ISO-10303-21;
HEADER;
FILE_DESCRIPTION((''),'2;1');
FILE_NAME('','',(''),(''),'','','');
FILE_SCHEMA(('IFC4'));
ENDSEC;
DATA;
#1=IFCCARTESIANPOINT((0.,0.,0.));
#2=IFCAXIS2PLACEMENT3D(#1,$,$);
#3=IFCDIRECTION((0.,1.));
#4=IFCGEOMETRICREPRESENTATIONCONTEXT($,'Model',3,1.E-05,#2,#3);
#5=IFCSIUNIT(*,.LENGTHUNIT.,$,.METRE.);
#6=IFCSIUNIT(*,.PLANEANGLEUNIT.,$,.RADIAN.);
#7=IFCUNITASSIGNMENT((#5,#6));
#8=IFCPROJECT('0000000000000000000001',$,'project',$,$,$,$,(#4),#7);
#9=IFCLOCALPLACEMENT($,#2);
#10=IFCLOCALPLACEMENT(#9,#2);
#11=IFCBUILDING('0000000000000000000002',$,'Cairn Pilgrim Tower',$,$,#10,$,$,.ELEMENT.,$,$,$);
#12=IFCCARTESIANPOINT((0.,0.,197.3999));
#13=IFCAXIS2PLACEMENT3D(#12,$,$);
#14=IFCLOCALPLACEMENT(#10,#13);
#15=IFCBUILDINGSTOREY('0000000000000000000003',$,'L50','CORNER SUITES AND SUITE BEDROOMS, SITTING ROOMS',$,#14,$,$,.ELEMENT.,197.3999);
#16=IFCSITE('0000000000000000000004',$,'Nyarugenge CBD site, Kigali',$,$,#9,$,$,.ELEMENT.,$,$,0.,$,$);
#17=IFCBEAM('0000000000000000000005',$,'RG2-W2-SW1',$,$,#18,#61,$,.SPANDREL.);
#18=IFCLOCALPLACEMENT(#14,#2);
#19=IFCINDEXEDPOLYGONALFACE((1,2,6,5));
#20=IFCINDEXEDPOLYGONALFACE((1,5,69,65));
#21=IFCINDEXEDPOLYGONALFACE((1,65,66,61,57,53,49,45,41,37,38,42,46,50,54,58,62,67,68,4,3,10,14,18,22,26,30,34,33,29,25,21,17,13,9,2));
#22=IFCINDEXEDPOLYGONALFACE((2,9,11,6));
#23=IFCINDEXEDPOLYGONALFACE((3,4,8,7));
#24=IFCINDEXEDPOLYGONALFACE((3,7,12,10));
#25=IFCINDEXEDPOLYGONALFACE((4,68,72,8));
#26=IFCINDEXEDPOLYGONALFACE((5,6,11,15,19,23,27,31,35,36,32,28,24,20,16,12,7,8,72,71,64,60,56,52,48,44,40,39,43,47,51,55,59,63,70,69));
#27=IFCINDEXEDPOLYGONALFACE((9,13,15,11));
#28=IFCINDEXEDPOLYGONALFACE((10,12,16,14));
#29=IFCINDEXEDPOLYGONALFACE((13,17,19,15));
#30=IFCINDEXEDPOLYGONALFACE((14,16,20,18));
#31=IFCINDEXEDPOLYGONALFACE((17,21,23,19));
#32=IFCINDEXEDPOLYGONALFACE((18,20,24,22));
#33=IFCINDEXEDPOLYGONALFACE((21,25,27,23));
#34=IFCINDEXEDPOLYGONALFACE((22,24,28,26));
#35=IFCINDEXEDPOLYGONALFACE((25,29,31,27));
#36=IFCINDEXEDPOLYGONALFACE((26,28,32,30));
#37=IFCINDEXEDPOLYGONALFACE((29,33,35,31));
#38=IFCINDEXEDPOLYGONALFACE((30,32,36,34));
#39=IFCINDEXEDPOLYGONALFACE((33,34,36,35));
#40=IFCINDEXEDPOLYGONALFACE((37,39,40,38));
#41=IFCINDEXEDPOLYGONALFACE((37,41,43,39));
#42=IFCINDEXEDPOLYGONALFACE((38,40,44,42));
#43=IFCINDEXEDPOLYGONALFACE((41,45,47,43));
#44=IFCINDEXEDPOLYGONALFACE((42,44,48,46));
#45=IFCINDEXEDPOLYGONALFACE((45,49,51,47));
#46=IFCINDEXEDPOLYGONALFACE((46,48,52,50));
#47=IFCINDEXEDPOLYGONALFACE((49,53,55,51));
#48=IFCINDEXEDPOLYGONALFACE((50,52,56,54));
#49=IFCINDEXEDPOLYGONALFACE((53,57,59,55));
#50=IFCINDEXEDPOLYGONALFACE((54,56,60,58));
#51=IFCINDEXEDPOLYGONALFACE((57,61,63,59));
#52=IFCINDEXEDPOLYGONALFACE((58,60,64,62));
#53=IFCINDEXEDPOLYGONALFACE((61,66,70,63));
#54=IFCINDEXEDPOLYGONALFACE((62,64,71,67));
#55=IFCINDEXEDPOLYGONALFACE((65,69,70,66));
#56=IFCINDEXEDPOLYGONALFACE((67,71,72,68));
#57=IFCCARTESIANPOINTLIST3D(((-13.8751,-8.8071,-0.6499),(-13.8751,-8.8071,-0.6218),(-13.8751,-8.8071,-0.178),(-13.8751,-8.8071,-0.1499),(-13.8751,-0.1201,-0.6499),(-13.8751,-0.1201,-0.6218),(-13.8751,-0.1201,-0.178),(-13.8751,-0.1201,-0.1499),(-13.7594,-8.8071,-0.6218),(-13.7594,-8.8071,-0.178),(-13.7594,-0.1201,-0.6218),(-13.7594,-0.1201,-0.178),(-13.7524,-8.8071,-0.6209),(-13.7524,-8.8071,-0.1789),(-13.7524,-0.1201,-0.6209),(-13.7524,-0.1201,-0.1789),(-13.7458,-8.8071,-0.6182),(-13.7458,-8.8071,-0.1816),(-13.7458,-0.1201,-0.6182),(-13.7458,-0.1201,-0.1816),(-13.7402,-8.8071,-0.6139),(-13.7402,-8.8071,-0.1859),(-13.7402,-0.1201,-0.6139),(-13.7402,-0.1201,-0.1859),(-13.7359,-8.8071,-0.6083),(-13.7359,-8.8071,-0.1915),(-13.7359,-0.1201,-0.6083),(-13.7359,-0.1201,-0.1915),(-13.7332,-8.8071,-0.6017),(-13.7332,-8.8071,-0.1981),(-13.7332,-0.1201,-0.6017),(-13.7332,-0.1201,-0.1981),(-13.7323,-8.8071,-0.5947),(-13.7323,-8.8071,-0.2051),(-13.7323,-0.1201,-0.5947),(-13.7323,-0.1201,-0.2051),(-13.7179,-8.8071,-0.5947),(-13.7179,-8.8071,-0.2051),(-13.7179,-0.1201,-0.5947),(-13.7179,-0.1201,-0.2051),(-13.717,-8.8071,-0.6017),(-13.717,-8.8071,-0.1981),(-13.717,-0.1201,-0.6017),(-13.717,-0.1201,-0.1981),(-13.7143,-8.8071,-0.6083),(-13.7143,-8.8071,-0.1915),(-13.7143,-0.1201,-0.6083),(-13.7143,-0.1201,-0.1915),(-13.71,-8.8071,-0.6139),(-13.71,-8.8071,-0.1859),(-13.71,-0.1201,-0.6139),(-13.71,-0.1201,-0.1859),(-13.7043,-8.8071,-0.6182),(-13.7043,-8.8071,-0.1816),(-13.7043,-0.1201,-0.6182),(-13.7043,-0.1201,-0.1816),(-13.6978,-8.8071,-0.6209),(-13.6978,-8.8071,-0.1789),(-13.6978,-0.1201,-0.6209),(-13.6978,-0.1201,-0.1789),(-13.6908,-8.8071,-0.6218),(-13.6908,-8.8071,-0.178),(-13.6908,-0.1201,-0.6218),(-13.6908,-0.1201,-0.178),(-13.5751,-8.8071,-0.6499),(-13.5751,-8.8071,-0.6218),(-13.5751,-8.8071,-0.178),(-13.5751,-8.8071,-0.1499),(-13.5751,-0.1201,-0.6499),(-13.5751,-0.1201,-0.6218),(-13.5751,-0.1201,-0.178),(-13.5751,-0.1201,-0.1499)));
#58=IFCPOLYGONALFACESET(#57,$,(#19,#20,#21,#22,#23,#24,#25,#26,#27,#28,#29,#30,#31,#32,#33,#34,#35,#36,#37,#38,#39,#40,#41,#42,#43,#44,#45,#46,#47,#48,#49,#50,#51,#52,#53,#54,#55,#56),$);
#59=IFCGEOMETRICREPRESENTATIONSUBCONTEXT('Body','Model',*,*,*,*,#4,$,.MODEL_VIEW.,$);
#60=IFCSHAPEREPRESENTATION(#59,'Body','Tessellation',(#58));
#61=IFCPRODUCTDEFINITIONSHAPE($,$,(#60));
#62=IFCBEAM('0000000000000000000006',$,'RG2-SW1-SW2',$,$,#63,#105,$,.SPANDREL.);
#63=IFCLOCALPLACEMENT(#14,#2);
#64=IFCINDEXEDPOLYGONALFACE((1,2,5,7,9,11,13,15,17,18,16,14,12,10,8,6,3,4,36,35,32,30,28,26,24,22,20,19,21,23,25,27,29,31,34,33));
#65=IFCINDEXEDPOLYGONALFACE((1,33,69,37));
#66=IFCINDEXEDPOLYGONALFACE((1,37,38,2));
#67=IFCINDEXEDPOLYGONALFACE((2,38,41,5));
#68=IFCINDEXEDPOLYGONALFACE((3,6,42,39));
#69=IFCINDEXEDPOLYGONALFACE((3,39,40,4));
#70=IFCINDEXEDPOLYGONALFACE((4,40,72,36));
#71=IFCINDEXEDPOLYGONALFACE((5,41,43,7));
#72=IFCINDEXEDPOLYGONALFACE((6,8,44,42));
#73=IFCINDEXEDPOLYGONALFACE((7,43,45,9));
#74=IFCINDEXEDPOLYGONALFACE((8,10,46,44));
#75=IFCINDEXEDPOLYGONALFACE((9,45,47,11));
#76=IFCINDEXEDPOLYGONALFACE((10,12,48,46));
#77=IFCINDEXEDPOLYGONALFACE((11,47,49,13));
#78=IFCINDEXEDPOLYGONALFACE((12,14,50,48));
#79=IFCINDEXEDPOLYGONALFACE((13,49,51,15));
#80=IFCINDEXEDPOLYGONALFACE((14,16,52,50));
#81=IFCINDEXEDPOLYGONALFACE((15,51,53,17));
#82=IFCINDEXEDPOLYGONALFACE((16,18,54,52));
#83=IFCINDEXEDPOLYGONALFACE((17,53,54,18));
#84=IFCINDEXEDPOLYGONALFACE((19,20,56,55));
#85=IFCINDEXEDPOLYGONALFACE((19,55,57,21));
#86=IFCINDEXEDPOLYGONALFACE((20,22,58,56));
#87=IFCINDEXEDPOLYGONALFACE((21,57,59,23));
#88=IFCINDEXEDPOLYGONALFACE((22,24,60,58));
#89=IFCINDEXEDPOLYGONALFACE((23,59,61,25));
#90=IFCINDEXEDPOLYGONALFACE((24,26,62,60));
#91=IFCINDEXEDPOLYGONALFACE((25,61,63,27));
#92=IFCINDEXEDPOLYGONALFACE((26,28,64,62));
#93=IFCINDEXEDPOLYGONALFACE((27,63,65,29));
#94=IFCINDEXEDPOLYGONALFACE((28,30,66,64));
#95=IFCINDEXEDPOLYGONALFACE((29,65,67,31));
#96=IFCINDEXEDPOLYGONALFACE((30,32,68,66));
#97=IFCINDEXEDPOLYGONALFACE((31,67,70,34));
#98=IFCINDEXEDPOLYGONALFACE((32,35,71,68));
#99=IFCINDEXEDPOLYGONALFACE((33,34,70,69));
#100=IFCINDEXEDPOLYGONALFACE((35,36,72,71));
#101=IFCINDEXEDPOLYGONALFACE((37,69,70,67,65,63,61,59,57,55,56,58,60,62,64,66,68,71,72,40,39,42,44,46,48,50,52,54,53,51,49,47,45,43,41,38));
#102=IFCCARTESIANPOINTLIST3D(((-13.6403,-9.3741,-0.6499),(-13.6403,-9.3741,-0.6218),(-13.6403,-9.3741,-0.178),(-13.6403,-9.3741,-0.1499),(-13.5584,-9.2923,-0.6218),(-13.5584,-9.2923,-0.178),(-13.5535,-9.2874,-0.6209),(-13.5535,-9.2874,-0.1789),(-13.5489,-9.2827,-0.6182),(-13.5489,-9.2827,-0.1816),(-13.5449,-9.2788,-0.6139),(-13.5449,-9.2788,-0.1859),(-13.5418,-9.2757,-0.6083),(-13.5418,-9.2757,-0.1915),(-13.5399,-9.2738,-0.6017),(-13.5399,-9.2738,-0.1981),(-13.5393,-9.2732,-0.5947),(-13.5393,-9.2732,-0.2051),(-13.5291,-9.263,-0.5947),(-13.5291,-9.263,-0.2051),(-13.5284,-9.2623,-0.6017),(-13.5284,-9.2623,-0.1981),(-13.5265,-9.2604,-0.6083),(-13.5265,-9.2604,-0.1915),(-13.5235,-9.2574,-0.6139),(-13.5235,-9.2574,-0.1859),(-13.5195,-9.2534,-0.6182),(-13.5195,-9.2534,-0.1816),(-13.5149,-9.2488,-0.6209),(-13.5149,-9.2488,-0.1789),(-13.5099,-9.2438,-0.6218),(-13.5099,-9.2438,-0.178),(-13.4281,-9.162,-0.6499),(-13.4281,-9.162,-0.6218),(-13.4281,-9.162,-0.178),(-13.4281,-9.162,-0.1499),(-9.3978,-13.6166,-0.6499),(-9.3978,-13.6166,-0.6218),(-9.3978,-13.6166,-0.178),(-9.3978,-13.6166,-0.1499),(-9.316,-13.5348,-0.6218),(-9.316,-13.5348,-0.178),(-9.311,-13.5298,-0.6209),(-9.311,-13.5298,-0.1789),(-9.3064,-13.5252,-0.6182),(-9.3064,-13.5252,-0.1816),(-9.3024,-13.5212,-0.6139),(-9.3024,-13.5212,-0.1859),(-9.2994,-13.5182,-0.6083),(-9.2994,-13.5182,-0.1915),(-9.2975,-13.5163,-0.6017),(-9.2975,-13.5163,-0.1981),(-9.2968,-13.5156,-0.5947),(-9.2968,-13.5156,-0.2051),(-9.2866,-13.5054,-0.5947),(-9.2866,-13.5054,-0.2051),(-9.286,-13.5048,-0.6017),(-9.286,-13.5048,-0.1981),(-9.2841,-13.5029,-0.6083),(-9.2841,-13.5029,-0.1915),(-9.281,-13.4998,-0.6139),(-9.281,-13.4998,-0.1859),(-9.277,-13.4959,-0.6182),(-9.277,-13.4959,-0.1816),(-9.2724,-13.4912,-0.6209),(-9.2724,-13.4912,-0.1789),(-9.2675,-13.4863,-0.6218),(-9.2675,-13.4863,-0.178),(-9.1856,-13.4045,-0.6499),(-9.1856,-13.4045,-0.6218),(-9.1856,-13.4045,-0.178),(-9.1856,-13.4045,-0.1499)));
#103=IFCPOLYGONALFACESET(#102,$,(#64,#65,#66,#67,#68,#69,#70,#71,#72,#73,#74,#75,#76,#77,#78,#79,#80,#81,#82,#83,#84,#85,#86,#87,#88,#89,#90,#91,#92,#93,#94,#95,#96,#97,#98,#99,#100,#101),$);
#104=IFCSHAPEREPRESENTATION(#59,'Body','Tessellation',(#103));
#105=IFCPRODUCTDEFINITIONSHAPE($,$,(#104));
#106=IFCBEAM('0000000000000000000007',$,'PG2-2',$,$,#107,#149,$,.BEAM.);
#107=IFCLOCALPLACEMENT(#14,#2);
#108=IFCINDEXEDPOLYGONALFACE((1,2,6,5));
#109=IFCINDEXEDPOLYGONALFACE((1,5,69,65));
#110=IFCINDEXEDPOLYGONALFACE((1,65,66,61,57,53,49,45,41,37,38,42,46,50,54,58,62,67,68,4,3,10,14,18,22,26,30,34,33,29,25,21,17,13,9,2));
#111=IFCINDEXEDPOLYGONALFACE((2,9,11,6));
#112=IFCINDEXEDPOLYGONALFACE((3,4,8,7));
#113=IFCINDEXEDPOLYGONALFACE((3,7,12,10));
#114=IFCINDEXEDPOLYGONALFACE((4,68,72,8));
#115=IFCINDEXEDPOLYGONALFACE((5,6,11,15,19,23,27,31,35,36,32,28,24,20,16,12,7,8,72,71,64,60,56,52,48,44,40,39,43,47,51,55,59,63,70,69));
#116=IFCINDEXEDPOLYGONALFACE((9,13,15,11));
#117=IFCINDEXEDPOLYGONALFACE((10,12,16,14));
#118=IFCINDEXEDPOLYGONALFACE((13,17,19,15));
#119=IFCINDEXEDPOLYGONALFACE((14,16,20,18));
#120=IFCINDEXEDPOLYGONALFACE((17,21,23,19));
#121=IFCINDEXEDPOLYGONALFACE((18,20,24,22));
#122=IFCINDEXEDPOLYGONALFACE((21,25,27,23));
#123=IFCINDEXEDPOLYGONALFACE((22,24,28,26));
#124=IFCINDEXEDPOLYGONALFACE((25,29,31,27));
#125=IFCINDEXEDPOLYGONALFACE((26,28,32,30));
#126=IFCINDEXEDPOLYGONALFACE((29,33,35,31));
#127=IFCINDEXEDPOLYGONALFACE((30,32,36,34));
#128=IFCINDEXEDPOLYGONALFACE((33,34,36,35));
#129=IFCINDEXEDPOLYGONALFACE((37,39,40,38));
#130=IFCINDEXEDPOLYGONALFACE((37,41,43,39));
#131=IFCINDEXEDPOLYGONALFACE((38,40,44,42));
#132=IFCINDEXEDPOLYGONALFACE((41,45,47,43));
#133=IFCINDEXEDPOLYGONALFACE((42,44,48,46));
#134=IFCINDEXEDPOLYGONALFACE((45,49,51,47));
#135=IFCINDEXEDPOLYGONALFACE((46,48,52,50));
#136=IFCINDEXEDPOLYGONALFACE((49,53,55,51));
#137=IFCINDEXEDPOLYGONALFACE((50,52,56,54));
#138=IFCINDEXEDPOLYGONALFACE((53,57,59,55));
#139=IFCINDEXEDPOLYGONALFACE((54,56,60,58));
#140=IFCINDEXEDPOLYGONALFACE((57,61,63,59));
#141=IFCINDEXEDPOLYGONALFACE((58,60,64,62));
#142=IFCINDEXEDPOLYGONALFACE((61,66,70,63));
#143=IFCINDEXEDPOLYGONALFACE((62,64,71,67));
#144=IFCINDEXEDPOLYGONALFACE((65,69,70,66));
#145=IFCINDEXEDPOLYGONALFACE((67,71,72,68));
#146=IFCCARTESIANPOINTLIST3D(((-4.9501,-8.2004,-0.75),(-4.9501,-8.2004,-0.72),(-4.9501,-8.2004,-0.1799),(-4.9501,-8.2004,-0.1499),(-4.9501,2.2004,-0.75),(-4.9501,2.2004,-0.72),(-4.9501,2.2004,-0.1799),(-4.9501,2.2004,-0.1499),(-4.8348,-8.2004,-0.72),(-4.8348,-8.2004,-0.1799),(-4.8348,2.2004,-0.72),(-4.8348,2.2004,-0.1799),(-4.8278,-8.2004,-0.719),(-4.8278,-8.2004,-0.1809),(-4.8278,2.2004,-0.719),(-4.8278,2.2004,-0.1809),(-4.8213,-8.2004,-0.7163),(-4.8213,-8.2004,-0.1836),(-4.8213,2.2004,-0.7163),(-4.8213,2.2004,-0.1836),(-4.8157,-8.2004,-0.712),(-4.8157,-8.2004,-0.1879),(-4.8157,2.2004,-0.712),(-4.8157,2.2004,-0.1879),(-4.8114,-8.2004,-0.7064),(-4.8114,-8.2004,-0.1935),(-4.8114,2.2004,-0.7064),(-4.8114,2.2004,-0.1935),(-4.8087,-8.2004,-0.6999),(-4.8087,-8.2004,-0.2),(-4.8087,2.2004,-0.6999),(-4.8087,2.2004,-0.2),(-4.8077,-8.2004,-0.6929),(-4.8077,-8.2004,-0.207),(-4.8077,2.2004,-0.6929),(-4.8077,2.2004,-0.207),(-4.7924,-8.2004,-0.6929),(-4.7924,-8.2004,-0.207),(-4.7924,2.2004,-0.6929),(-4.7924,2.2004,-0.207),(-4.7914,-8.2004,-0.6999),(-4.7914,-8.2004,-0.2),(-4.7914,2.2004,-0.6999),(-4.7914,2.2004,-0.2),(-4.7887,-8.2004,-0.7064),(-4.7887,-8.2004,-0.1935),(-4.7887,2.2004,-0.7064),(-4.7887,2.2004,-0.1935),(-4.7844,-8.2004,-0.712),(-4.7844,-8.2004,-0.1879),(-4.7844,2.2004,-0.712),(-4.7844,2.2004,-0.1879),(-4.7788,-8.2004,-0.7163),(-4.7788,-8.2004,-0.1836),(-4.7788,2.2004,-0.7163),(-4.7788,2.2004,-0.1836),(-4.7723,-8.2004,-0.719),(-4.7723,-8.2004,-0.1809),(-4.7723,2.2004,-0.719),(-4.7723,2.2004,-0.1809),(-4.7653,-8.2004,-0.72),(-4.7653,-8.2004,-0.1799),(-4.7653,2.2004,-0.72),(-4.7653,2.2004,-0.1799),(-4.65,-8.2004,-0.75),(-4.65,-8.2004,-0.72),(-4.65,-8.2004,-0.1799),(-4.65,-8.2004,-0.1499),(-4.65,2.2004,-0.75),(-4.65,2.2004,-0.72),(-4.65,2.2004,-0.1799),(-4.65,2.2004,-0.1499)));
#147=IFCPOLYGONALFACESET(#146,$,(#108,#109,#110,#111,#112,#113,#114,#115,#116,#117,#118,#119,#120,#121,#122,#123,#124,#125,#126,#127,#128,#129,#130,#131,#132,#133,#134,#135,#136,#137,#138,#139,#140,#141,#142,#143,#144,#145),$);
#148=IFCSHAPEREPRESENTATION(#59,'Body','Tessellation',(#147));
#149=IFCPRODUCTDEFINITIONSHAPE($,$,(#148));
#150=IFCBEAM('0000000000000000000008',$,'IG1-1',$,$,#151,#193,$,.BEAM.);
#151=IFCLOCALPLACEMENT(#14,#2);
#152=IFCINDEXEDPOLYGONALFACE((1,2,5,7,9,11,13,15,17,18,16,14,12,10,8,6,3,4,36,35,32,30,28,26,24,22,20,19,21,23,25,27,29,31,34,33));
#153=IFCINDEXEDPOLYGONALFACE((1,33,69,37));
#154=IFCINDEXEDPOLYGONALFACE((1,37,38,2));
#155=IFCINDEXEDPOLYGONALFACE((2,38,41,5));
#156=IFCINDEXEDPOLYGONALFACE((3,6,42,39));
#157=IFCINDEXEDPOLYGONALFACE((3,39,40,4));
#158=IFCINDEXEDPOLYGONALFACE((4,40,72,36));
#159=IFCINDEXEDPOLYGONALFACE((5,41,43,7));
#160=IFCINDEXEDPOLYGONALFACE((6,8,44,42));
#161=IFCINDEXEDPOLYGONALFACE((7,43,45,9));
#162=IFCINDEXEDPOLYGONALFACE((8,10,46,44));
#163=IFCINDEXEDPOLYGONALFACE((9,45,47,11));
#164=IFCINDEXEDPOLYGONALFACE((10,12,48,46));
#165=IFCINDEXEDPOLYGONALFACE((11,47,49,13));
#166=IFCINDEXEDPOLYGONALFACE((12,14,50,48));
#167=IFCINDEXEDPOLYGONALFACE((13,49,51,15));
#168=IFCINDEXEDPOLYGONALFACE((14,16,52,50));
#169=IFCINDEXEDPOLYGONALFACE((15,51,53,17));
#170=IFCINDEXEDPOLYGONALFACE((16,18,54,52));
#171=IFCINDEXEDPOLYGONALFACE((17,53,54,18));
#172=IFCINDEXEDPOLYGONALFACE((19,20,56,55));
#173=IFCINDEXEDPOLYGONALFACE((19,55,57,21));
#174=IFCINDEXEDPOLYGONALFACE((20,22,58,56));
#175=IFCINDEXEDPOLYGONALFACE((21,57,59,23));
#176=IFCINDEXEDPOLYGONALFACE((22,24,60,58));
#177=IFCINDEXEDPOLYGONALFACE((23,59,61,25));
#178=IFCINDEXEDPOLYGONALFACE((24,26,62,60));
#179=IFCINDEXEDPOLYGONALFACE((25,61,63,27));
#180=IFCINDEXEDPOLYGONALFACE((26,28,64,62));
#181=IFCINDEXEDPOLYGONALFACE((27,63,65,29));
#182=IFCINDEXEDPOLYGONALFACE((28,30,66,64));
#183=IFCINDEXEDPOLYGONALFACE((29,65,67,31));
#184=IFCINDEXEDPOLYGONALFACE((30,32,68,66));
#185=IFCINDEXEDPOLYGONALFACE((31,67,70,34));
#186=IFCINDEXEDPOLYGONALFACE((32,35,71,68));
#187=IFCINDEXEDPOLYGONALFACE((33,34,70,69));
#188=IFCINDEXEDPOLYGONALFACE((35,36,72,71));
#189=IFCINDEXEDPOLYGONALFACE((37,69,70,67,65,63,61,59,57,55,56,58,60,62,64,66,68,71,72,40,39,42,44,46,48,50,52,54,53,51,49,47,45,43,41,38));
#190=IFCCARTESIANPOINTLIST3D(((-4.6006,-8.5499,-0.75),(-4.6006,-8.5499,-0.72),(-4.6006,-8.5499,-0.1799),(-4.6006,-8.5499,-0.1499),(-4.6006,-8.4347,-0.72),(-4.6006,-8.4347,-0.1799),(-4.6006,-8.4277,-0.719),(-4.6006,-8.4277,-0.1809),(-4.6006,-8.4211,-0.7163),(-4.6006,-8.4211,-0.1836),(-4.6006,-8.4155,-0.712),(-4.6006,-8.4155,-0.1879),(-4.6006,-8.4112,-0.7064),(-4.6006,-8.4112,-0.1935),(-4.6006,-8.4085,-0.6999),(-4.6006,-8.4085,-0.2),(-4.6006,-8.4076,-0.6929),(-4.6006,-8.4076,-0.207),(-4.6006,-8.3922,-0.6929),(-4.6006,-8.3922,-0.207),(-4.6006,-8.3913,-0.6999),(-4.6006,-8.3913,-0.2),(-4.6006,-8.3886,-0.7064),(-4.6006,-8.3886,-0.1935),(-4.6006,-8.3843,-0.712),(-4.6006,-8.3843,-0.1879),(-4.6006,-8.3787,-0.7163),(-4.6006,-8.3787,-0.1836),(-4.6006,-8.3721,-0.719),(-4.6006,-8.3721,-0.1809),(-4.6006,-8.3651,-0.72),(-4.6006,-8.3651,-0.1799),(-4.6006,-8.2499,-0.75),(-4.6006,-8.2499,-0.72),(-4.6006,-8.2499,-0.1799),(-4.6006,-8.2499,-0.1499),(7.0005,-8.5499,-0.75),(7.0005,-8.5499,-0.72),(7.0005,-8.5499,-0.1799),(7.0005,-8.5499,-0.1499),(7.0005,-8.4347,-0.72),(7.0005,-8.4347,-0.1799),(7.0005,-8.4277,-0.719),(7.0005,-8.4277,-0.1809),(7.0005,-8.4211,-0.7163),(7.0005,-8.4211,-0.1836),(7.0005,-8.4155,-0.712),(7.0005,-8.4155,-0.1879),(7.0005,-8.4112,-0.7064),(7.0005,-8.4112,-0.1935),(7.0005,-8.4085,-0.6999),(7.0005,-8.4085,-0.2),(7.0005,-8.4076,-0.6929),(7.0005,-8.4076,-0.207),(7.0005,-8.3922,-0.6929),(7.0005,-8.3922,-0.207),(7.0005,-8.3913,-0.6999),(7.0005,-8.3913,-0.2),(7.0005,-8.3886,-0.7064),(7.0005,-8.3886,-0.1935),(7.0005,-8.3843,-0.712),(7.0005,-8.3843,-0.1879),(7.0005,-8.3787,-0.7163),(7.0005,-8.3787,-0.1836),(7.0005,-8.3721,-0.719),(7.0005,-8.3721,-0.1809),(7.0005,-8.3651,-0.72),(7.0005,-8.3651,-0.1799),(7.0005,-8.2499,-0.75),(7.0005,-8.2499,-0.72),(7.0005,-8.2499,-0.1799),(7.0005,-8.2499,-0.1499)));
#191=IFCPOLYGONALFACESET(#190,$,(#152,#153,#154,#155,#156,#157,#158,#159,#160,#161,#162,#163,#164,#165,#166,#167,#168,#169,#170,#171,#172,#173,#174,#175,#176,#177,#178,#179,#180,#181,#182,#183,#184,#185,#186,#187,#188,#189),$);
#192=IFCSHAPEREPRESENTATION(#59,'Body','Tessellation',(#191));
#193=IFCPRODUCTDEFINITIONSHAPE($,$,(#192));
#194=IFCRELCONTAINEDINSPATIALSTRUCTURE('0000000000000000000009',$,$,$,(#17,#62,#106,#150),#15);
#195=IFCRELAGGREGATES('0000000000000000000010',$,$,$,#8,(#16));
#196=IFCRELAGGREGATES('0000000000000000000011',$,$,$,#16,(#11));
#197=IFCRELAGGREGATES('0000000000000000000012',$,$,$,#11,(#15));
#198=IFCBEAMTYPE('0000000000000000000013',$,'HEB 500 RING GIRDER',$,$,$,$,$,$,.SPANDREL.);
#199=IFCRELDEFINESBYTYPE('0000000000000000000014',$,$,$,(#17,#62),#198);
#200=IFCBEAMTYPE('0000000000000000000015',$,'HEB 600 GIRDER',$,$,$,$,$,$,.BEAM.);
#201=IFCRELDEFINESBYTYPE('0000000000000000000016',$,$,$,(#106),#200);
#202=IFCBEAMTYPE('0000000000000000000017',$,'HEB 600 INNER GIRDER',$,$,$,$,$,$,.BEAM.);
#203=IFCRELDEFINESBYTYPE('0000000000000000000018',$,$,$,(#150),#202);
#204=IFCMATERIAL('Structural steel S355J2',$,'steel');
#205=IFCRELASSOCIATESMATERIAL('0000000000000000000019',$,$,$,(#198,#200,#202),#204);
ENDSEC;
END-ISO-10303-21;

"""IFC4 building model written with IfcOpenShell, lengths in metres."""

from ifc_helpers import new_model, si_unit, direction, frame, origin, origin_2d, place, context, subcontext, project, spatial, i_section, extrude, material, material_profile, profile_set, type_object, element, save


model = new_model("IFC4")

# Units and contexts
model_context = context("Model", 3, precision=1e-05, world=origin(), true_north=direction((0.0, 1.0)))
body_context = subcontext(model_context, "Body", "Model", "MODEL_VIEW")
ifc_project = project(units=[si_unit("LENGTHUNIT", "METRE"), si_unit("PLANEANGLEUNIT", "RADIAN")], contexts=[model_context])

# Site, building, storey
site_placement = place(None, origin())
site = spatial("IfcSite", under=ifc_project, at=site_placement, Name="Nyarugenge CBD site, Kigali", CompositionType="ELEMENT", RefElevation=0.0)
building_placement = place(site_placement, origin())
building = spatial("IfcBuilding", under=site, at=building_placement, Name="Cairn Pilgrim Tower", CompositionType="ELEMENT")
storey_placement = place(building_placement, frame((0.0, 0.0, 197.3999)))
storey = spatial("IfcBuildingStorey", under=building, at=storey_placement, Name="L50", Description="CORNER SUITES AND SUITE BEDROOMS, SITTING ROOMS", CompositionType="ELEMENT", Elevation=197.3999)

# Shared definitions
ifc_material_1 = material(Name="Structural steel S355J2", Category="steel")

# Beams
ifc_material_profile_1 = material_profile(ifc_material_1, i_section(OverallWidth=0.3, OverallDepth=0.5, WebThickness=0.0144, FlangeThickness=0.0281, FilletRadius=0.0271, at=origin_2d()), Name="HEB 500")
ifc_profile_set_1 = profile_set([ifc_material_profile_1], Name="Structural steel S355J2")
beam_type_1 = type_object("IfcBeamType", Name="HEB 500 RING GIRDER", PredefinedType="SPANDREL", material=ifc_profile_set_1)
beam_1_placement = place(storey_placement, frame((-13.7251, -0.1201, -0.3999), z_axis=(0.0, -1.0, 0.0), x_axis=(1.0, 0.0, 0.0)))
element("IfcBeam", 1, at=beam_1_placement, inside=storey, type_object=beam_type_1, Name="RG2-W2-SW1", PredefinedType="SPANDREL", context=body_context, shape_type="SweptSolid", body=[
    extrude(i_section(OverallWidth=0.3, OverallDepth=0.5, WebThickness=0.0144, FlangeThickness=0.0281, FilletRadius=0.0271, at=origin_2d()), origin(), (0.0, 0.0, 1.0), 8.687),
])
beam_2_placement = place(storey_placement, frame((-13.5342, -9.2681, -0.3999), z_axis=(0.707107, -0.707107, 0.0), x_axis=(0.707107, 0.707107, 0.0)))
element("IfcBeam", 2, at=beam_2_placement, inside=storey, type_object=beam_type_1, Name="RG2-SW1-SW2", PredefinedType="SPANDREL", context=body_context, shape_type="SweptSolid", body=[
    extrude(i_section(OverallWidth=0.3, OverallDepth=0.5, WebThickness=0.0144, FlangeThickness=0.0281, FilletRadius=0.0271, at=origin_2d()), origin(), (0.0, 0.0, 1.0), 5.9998),
])
ifc_material_profile_2 = material_profile(ifc_material_1, i_section(OverallWidth=0.3, OverallDepth=0.6001, WebThickness=0.0154, FlangeThickness=0.03, FilletRadius=0.0271, at=origin_2d()), Name="HEB 600")
ifc_profile_set_2 = profile_set([ifc_material_profile_2], Name="Structural steel S355J2")
beam_type_2 = type_object("IfcBeamType", Name="HEB 600 GIRDER", PredefinedType="BEAM", material=ifc_profile_set_2)
beam_3_placement = place(storey_placement, frame((-4.8, -8.2004, -0.45), z_axis=(0.0, 1.0, 0.0), x_axis=(-1.0, 0.0, 0.0)))
element("IfcBeam", 3, at=beam_3_placement, inside=storey, type_object=beam_type_2, Name="PG2-2", PredefinedType="BEAM", context=body_context, shape_type="SweptSolid", body=[
    extrude(i_section(OverallWidth=0.3, OverallDepth=0.6001, WebThickness=0.0154, FlangeThickness=0.03, FilletRadius=0.0271, at=origin_2d()), origin(), (0.0, 0.0, 1.0), 10.4009),
])
ifc_material_profile_3 = material_profile(ifc_material_1, i_section(OverallWidth=0.3, OverallDepth=0.6001, WebThickness=0.0154, FlangeThickness=0.03, FilletRadius=0.0271, at=origin_2d()), Name="HEB 600")
ifc_profile_set_3 = profile_set([ifc_material_profile_3], Name="Structural steel S355J2")
beam_type_3 = type_object("IfcBeamType", Name="HEB 600 INNER GIRDER", PredefinedType="BEAM", material=ifc_profile_set_3)
beam_4_placement = place(storey_placement, frame((-4.6006, -8.3999, -0.45), z_axis=(1.0, 0.0, 0.0), x_axis=(0.0, 1.0, 0.0)))
element("IfcBeam", 4, at=beam_4_placement, inside=storey, type_object=beam_type_3, Name="IG1-1", PredefinedType="BEAM", context=body_context, shape_type="SweptSolid", body=[
    extrude(i_section(OverallWidth=0.3, OverallDepth=0.6001, WebThickness=0.0154, FlangeThickness=0.03, FilletRadius=0.0271, at=origin_2d()), origin(), (0.0, 0.0, 1.0), 11.6011),
])

save(model, "model.ifc")
